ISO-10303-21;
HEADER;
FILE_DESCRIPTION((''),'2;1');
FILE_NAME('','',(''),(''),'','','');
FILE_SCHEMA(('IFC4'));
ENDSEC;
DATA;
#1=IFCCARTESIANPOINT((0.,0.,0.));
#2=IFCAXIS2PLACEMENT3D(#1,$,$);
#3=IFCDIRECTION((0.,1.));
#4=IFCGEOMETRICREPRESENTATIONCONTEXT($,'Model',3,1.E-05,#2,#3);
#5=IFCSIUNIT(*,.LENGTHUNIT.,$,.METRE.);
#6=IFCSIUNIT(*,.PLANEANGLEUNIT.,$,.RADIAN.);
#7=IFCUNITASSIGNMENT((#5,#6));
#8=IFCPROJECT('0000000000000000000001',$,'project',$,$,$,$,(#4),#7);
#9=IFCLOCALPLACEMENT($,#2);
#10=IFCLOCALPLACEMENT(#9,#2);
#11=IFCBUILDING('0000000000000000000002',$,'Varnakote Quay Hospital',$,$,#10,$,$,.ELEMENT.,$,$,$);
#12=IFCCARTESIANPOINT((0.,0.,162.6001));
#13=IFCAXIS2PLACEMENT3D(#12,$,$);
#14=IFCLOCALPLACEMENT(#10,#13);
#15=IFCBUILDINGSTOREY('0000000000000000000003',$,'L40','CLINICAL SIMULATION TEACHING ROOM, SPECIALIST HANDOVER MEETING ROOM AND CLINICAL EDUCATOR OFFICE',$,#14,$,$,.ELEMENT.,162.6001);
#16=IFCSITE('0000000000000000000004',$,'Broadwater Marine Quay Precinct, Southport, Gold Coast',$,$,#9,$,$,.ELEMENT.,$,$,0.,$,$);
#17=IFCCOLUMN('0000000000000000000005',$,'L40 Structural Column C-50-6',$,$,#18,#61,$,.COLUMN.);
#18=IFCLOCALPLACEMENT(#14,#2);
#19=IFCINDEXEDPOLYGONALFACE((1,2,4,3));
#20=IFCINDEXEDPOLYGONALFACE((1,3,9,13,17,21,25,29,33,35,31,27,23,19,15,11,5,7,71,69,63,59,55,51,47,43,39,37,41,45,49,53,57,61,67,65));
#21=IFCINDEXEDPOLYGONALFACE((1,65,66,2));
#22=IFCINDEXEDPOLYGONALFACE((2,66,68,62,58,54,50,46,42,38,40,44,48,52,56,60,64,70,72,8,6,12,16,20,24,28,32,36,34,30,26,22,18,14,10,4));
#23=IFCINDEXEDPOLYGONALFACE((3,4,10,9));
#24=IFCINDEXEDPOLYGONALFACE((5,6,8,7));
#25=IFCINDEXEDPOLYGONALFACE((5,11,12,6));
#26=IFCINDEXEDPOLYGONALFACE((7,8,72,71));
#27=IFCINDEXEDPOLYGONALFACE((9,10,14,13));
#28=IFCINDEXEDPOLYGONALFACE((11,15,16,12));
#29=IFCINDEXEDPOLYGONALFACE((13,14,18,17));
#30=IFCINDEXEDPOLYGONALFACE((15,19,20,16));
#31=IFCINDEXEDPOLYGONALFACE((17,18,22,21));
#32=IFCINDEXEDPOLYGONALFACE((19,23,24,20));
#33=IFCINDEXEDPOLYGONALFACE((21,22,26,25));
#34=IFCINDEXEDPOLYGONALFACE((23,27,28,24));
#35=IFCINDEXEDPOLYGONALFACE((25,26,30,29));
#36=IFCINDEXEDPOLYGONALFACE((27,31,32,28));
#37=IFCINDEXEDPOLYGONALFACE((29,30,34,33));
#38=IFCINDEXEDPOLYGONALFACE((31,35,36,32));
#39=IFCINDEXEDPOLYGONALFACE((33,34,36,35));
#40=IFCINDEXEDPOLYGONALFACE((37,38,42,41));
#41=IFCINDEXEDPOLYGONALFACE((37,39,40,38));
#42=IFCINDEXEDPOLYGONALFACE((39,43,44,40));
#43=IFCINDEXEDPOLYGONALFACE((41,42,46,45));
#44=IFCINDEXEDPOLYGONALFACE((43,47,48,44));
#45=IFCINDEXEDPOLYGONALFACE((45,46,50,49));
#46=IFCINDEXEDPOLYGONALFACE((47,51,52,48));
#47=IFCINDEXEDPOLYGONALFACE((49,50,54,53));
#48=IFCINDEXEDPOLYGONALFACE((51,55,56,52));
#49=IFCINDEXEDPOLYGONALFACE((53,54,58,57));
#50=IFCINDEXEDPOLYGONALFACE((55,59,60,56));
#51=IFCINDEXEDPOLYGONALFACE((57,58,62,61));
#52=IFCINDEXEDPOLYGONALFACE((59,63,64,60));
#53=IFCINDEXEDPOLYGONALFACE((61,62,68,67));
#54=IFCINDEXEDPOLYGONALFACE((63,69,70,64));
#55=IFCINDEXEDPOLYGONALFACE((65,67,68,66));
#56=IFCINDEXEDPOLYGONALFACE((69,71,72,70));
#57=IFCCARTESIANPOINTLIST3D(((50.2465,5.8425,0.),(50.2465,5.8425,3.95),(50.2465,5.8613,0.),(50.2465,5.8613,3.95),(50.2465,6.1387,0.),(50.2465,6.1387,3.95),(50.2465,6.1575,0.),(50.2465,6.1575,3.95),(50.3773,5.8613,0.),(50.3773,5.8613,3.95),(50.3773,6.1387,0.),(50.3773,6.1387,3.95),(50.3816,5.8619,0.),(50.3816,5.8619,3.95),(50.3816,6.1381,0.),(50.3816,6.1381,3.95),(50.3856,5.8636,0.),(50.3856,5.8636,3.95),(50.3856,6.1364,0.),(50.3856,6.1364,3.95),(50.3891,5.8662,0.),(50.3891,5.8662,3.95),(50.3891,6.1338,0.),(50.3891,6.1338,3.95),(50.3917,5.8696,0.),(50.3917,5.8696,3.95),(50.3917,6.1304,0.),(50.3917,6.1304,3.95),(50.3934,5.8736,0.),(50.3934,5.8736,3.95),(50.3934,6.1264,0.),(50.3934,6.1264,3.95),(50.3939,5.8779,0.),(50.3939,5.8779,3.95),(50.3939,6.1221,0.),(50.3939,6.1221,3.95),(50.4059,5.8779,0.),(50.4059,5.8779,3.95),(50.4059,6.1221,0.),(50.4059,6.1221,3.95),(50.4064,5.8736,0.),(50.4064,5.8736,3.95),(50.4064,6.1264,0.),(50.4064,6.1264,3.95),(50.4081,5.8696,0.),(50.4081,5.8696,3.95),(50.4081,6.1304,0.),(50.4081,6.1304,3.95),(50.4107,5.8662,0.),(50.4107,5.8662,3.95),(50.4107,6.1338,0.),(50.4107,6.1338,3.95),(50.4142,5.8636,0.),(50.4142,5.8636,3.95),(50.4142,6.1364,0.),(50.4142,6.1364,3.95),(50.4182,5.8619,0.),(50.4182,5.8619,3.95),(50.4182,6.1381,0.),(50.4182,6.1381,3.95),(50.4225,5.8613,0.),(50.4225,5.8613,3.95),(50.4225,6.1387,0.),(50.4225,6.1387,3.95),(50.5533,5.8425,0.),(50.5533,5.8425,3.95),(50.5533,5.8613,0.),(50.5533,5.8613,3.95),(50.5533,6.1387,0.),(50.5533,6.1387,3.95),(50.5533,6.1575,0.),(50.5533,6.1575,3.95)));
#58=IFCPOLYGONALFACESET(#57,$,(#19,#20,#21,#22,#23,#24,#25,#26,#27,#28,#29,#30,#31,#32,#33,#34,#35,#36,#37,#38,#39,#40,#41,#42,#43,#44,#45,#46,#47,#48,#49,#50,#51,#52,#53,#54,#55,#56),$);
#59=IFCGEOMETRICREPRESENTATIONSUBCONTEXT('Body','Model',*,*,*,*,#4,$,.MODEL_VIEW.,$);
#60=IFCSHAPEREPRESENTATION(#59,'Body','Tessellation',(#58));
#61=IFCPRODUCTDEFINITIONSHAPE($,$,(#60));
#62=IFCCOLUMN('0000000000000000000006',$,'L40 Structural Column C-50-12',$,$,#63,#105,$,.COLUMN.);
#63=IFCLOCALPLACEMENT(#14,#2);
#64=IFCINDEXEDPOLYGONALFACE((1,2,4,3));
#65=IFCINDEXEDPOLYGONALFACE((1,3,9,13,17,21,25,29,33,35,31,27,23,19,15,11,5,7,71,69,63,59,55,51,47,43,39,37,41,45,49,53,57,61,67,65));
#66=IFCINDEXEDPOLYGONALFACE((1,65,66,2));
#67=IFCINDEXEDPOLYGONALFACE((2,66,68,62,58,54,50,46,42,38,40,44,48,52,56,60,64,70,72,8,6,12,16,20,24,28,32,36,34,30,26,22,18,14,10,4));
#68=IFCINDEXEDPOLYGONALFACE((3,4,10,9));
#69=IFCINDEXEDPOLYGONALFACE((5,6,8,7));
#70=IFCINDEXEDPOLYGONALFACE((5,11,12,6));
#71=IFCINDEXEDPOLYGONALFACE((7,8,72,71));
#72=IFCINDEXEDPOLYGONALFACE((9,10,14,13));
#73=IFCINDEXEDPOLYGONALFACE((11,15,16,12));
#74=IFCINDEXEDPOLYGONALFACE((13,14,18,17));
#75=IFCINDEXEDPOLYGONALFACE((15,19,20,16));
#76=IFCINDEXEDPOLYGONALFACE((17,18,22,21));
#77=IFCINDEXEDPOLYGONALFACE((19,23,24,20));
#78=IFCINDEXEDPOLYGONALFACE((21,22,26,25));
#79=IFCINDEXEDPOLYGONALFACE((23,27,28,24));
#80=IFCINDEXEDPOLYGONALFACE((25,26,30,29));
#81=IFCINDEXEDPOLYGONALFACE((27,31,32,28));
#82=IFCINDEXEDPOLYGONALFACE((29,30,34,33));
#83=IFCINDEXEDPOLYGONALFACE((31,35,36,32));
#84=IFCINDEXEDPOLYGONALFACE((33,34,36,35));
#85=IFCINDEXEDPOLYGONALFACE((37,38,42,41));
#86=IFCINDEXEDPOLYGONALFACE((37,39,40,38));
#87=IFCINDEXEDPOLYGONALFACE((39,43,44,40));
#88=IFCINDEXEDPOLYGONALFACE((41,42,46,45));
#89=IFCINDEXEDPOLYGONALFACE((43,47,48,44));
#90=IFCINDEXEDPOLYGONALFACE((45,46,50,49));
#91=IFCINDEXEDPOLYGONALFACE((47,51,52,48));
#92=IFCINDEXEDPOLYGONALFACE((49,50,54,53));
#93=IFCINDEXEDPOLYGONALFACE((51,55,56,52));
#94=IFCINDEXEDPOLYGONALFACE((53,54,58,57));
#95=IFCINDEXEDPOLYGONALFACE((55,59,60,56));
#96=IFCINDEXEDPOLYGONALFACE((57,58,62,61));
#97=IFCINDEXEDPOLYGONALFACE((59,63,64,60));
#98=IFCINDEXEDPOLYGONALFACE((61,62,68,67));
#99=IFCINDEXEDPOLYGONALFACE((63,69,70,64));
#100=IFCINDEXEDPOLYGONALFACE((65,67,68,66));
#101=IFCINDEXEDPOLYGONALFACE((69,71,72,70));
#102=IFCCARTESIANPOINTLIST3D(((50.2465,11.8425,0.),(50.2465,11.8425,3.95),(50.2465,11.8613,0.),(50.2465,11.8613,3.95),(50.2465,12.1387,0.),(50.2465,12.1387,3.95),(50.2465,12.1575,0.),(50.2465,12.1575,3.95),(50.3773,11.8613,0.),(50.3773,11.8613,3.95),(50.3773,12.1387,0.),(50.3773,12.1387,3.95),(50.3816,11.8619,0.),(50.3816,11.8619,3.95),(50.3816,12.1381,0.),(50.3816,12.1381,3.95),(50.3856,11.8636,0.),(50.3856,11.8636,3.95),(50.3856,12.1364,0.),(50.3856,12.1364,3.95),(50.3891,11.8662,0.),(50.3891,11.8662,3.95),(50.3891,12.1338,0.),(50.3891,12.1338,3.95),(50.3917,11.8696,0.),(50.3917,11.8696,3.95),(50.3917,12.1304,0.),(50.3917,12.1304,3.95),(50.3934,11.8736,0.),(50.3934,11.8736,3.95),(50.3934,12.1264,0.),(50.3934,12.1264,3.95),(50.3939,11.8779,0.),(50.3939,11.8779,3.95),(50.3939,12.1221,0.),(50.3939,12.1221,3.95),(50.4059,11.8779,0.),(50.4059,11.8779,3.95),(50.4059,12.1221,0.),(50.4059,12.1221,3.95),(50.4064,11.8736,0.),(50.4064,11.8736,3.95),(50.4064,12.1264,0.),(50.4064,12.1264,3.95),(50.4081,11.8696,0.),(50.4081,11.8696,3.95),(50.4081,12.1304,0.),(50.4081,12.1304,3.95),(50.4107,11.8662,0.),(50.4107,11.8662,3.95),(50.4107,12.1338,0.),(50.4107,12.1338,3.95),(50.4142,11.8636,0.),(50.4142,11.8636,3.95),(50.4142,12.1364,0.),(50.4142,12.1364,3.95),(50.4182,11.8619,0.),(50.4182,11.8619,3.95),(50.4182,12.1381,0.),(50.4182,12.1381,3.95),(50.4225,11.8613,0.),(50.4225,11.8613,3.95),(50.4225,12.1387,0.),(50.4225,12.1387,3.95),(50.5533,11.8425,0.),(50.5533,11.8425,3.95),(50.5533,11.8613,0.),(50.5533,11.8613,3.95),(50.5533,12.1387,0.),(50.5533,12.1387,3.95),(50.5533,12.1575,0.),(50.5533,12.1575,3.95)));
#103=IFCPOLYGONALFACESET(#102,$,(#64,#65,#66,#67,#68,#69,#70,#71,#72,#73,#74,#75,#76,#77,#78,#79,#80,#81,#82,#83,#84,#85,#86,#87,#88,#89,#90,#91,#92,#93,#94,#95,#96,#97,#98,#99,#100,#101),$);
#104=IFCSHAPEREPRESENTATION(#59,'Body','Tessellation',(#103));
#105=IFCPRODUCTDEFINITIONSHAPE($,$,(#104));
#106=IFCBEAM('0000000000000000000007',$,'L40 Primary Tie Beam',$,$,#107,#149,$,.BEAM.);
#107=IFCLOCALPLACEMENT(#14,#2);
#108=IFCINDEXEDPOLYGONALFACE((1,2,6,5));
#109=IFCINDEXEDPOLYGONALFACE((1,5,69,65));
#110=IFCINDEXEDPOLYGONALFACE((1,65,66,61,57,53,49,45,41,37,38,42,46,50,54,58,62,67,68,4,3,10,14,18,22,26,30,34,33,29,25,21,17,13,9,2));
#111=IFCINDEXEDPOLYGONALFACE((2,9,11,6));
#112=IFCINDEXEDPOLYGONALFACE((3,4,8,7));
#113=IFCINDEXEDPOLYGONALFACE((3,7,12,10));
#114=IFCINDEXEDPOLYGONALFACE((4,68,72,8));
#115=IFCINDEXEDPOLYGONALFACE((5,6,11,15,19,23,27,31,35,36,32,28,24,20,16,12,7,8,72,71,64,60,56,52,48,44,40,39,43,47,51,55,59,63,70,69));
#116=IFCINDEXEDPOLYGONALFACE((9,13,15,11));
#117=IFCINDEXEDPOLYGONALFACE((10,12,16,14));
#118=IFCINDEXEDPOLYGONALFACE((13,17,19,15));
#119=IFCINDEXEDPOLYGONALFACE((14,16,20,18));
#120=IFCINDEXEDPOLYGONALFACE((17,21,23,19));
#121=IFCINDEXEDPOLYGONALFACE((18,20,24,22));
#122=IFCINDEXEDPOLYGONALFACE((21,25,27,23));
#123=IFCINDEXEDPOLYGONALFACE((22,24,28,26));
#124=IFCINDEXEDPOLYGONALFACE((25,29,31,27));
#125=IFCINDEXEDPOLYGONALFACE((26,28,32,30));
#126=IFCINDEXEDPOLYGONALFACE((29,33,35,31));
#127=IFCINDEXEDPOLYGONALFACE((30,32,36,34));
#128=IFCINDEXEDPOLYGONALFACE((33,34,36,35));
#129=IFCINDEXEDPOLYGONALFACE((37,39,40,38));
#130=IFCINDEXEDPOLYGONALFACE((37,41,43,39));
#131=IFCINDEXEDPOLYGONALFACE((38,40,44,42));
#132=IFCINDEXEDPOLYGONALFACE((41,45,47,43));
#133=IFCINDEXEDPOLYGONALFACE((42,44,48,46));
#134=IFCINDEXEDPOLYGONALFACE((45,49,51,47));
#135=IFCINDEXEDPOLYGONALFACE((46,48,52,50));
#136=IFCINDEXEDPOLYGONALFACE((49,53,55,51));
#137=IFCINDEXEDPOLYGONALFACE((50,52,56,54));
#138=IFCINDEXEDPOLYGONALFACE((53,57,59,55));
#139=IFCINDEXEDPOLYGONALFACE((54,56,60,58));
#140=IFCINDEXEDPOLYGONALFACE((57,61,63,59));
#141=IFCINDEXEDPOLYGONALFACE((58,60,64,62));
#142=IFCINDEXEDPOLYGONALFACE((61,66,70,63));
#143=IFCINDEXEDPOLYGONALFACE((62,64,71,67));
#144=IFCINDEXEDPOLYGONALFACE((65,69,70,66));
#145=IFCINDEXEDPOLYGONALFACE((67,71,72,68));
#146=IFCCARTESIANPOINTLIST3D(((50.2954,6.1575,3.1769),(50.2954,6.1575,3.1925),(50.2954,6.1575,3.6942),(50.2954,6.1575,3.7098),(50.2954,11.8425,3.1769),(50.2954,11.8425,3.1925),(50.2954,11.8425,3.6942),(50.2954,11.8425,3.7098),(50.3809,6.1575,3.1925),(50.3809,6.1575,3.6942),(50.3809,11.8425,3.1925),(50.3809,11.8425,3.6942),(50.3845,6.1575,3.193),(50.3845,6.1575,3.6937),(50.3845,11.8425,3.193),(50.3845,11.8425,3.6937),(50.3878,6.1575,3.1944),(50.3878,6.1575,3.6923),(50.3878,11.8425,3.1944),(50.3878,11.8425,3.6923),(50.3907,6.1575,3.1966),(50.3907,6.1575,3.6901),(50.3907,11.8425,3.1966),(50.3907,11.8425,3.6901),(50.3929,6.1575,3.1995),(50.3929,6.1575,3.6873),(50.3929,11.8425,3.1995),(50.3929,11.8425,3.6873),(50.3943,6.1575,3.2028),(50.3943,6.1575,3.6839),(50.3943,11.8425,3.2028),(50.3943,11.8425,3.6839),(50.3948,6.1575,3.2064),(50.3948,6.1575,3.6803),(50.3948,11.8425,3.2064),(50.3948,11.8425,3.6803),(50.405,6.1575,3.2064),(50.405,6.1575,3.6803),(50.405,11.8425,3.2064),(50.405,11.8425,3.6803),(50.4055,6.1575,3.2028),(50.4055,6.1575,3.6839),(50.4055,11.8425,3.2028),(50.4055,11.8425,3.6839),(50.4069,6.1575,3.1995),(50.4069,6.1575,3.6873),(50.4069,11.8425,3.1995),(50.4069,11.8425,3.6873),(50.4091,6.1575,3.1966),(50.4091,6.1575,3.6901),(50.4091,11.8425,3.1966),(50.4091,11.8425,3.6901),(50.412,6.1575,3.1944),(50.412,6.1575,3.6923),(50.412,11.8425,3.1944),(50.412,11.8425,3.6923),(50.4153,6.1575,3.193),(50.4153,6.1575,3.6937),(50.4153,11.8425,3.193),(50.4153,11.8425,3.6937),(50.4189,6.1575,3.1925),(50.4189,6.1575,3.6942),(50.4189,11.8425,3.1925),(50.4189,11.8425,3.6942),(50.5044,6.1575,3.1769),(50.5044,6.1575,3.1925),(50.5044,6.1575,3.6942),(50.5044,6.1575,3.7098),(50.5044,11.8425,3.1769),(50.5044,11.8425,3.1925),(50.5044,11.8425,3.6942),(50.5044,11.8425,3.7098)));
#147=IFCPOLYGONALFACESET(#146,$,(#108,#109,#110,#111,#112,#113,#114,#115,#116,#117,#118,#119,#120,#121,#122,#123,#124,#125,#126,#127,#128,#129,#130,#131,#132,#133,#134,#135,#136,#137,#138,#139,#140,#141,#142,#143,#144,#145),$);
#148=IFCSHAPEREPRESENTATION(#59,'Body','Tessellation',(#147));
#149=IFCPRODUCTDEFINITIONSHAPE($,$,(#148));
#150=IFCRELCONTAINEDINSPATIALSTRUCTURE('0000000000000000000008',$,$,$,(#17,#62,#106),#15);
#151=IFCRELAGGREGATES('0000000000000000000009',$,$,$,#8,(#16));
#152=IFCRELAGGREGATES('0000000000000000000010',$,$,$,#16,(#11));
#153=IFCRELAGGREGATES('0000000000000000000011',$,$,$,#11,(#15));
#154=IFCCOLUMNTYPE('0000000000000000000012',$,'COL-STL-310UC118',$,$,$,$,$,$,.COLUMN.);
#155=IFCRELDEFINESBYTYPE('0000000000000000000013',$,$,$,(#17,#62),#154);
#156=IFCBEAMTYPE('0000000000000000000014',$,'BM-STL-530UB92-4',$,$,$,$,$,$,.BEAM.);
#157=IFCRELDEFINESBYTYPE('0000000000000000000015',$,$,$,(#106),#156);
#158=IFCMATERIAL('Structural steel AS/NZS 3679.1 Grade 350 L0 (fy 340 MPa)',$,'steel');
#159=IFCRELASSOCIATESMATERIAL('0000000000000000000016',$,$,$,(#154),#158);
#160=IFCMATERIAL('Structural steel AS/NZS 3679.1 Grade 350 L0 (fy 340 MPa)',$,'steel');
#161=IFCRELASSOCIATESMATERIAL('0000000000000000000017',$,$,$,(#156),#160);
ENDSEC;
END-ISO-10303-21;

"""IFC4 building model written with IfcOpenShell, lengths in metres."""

from ifc_helpers import new_model, si_unit, direction, frame, origin, origin_2d, place, context, subcontext, project, spatial, i_section, extrude, material, material_profile, profile_set, type_object, element, save


model = new_model("IFC4")

# Units and contexts
model_context = context("Model", 3, precision=1e-05, world=origin(), true_north=direction((0.0, 1.0)))
body_context = subcontext(model_context, "Body", "Model", "MODEL_VIEW")
ifc_project = project(units=[si_unit("LENGTHUNIT", "METRE"), si_unit("PLANEANGLEUNIT", "RADIAN")], contexts=[model_context])

# Site, building, storey
site_placement = place(None, origin())
site = spatial("IfcSite", under=ifc_project, at=site_placement, Name="Broadwater Marine Quay Precinct, Southport, Gold Coast", CompositionType="ELEMENT", RefElevation=0.0)
building_placement = place(site_placement, origin())
building = spatial("IfcBuilding", under=site, at=building_placement, Name="Varnakote Quay Hospital", CompositionType="ELEMENT")
storey_placement = place(building_placement, frame((0.0, 0.0, 162.6001)))
storey = spatial("IfcBuildingStorey", under=building, at=storey_placement, Name="L40", Description="CLINICAL SIMULATION TEACHING ROOM, SPECIALIST HANDOVER MEETING ROOM AND CLINICAL EDUCATOR OFFICE", CompositionType="ELEMENT", Elevation=162.6001)

# Columns
ifc_material_1 = material(Name="Structural steel AS/NZS 3679.1 Grade 350 L0 (fy 340 MPa)", Category="steel")
ifc_material_profile_1 = material_profile(ifc_material_1, i_section(OverallWidth=0.3069, OverallDepth=0.3149, WebThickness=0.012, FlangeThickness=0.0188, FilletRadius=0.0166, at=origin_2d()), Name="310UC118")
ifc_profile_set_1 = profile_set([ifc_material_profile_1], Name="Structural steel AS/NZS 3679.1 Grade 350 L0 (fy 340 MPa)")
column_type = type_object("IfcColumnType", Name="COL-STL-310UC118", PredefinedType="COLUMN", material=ifc_profile_set_1)
for number, where, z_axis, x_axis, name in (
    (1, (50.3999, 6.0, 0.0), (0.0, 0.0, 1.0), (1.0, 0.0, 0.0), "L40 Structural Column C-50-6"),
    (2, (50.3999, 12.0, 0.0), (0.0, 0.0, 1.0), (1.0, 0.0, 0.0), "L40 Structural Column C-50-12"),
):
    element("IfcColumn", number, at=place(storey_placement, frame(where, z_axis=z_axis, x_axis=x_axis)), inside=storey, type_object=column_type, Name=name, PredefinedType="COLUMN", context=body_context, shape_type="SweptSolid", body=[
        extrude(i_section(OverallWidth=0.3069, OverallDepth=0.3149, WebThickness=0.012, FlangeThickness=0.0188, FilletRadius=0.0166, at=origin_2d()), origin(), (0.0, 0.0, 1.0), 3.95),
    ])

# Beam
ifc_material_2 = material(Name="Structural steel AS/NZS 3679.1 Grade 350 L0 (fy 340 MPa)", Category="steel")
ifc_material_profile_2 = material_profile(ifc_material_2, i_section(OverallWidth=0.209, OverallDepth=0.533, WebThickness=0.0103, FlangeThickness=0.0156, FilletRadius=0.0139, at=origin_2d()), Name="530UB92.4")
ifc_profile_set_2 = profile_set([ifc_material_profile_2], Name="Structural steel AS/NZS 3679.1 Grade 350 L0 (fy 340 MPa)")
beam_type = type_object("IfcBeamType", Name="BM-STL-530UB92-4", PredefinedType="BEAM", material=ifc_profile_set_2)
beam_placement = place(storey_placement, frame((50.3999, 6.1575, 3.4434), z_axis=(0.0, 1.0, 0.0), x_axis=(-1.0, 0.0, 0.0)))
element("IfcBeam", 3, at=beam_placement, inside=storey, type_object=beam_type, Name="L40 Primary Tie Beam", PredefinedType="BEAM", context=body_context, shape_type="SweptSolid", body=[
    extrude(i_section(OverallWidth=0.209, OverallDepth=0.533, WebThickness=0.0103, FlangeThickness=0.0156, FilletRadius=0.0139, at=origin_2d()), origin(), (0.0, 0.0, 1.0), 5.6851),
])

save(model, "model.ifc")
